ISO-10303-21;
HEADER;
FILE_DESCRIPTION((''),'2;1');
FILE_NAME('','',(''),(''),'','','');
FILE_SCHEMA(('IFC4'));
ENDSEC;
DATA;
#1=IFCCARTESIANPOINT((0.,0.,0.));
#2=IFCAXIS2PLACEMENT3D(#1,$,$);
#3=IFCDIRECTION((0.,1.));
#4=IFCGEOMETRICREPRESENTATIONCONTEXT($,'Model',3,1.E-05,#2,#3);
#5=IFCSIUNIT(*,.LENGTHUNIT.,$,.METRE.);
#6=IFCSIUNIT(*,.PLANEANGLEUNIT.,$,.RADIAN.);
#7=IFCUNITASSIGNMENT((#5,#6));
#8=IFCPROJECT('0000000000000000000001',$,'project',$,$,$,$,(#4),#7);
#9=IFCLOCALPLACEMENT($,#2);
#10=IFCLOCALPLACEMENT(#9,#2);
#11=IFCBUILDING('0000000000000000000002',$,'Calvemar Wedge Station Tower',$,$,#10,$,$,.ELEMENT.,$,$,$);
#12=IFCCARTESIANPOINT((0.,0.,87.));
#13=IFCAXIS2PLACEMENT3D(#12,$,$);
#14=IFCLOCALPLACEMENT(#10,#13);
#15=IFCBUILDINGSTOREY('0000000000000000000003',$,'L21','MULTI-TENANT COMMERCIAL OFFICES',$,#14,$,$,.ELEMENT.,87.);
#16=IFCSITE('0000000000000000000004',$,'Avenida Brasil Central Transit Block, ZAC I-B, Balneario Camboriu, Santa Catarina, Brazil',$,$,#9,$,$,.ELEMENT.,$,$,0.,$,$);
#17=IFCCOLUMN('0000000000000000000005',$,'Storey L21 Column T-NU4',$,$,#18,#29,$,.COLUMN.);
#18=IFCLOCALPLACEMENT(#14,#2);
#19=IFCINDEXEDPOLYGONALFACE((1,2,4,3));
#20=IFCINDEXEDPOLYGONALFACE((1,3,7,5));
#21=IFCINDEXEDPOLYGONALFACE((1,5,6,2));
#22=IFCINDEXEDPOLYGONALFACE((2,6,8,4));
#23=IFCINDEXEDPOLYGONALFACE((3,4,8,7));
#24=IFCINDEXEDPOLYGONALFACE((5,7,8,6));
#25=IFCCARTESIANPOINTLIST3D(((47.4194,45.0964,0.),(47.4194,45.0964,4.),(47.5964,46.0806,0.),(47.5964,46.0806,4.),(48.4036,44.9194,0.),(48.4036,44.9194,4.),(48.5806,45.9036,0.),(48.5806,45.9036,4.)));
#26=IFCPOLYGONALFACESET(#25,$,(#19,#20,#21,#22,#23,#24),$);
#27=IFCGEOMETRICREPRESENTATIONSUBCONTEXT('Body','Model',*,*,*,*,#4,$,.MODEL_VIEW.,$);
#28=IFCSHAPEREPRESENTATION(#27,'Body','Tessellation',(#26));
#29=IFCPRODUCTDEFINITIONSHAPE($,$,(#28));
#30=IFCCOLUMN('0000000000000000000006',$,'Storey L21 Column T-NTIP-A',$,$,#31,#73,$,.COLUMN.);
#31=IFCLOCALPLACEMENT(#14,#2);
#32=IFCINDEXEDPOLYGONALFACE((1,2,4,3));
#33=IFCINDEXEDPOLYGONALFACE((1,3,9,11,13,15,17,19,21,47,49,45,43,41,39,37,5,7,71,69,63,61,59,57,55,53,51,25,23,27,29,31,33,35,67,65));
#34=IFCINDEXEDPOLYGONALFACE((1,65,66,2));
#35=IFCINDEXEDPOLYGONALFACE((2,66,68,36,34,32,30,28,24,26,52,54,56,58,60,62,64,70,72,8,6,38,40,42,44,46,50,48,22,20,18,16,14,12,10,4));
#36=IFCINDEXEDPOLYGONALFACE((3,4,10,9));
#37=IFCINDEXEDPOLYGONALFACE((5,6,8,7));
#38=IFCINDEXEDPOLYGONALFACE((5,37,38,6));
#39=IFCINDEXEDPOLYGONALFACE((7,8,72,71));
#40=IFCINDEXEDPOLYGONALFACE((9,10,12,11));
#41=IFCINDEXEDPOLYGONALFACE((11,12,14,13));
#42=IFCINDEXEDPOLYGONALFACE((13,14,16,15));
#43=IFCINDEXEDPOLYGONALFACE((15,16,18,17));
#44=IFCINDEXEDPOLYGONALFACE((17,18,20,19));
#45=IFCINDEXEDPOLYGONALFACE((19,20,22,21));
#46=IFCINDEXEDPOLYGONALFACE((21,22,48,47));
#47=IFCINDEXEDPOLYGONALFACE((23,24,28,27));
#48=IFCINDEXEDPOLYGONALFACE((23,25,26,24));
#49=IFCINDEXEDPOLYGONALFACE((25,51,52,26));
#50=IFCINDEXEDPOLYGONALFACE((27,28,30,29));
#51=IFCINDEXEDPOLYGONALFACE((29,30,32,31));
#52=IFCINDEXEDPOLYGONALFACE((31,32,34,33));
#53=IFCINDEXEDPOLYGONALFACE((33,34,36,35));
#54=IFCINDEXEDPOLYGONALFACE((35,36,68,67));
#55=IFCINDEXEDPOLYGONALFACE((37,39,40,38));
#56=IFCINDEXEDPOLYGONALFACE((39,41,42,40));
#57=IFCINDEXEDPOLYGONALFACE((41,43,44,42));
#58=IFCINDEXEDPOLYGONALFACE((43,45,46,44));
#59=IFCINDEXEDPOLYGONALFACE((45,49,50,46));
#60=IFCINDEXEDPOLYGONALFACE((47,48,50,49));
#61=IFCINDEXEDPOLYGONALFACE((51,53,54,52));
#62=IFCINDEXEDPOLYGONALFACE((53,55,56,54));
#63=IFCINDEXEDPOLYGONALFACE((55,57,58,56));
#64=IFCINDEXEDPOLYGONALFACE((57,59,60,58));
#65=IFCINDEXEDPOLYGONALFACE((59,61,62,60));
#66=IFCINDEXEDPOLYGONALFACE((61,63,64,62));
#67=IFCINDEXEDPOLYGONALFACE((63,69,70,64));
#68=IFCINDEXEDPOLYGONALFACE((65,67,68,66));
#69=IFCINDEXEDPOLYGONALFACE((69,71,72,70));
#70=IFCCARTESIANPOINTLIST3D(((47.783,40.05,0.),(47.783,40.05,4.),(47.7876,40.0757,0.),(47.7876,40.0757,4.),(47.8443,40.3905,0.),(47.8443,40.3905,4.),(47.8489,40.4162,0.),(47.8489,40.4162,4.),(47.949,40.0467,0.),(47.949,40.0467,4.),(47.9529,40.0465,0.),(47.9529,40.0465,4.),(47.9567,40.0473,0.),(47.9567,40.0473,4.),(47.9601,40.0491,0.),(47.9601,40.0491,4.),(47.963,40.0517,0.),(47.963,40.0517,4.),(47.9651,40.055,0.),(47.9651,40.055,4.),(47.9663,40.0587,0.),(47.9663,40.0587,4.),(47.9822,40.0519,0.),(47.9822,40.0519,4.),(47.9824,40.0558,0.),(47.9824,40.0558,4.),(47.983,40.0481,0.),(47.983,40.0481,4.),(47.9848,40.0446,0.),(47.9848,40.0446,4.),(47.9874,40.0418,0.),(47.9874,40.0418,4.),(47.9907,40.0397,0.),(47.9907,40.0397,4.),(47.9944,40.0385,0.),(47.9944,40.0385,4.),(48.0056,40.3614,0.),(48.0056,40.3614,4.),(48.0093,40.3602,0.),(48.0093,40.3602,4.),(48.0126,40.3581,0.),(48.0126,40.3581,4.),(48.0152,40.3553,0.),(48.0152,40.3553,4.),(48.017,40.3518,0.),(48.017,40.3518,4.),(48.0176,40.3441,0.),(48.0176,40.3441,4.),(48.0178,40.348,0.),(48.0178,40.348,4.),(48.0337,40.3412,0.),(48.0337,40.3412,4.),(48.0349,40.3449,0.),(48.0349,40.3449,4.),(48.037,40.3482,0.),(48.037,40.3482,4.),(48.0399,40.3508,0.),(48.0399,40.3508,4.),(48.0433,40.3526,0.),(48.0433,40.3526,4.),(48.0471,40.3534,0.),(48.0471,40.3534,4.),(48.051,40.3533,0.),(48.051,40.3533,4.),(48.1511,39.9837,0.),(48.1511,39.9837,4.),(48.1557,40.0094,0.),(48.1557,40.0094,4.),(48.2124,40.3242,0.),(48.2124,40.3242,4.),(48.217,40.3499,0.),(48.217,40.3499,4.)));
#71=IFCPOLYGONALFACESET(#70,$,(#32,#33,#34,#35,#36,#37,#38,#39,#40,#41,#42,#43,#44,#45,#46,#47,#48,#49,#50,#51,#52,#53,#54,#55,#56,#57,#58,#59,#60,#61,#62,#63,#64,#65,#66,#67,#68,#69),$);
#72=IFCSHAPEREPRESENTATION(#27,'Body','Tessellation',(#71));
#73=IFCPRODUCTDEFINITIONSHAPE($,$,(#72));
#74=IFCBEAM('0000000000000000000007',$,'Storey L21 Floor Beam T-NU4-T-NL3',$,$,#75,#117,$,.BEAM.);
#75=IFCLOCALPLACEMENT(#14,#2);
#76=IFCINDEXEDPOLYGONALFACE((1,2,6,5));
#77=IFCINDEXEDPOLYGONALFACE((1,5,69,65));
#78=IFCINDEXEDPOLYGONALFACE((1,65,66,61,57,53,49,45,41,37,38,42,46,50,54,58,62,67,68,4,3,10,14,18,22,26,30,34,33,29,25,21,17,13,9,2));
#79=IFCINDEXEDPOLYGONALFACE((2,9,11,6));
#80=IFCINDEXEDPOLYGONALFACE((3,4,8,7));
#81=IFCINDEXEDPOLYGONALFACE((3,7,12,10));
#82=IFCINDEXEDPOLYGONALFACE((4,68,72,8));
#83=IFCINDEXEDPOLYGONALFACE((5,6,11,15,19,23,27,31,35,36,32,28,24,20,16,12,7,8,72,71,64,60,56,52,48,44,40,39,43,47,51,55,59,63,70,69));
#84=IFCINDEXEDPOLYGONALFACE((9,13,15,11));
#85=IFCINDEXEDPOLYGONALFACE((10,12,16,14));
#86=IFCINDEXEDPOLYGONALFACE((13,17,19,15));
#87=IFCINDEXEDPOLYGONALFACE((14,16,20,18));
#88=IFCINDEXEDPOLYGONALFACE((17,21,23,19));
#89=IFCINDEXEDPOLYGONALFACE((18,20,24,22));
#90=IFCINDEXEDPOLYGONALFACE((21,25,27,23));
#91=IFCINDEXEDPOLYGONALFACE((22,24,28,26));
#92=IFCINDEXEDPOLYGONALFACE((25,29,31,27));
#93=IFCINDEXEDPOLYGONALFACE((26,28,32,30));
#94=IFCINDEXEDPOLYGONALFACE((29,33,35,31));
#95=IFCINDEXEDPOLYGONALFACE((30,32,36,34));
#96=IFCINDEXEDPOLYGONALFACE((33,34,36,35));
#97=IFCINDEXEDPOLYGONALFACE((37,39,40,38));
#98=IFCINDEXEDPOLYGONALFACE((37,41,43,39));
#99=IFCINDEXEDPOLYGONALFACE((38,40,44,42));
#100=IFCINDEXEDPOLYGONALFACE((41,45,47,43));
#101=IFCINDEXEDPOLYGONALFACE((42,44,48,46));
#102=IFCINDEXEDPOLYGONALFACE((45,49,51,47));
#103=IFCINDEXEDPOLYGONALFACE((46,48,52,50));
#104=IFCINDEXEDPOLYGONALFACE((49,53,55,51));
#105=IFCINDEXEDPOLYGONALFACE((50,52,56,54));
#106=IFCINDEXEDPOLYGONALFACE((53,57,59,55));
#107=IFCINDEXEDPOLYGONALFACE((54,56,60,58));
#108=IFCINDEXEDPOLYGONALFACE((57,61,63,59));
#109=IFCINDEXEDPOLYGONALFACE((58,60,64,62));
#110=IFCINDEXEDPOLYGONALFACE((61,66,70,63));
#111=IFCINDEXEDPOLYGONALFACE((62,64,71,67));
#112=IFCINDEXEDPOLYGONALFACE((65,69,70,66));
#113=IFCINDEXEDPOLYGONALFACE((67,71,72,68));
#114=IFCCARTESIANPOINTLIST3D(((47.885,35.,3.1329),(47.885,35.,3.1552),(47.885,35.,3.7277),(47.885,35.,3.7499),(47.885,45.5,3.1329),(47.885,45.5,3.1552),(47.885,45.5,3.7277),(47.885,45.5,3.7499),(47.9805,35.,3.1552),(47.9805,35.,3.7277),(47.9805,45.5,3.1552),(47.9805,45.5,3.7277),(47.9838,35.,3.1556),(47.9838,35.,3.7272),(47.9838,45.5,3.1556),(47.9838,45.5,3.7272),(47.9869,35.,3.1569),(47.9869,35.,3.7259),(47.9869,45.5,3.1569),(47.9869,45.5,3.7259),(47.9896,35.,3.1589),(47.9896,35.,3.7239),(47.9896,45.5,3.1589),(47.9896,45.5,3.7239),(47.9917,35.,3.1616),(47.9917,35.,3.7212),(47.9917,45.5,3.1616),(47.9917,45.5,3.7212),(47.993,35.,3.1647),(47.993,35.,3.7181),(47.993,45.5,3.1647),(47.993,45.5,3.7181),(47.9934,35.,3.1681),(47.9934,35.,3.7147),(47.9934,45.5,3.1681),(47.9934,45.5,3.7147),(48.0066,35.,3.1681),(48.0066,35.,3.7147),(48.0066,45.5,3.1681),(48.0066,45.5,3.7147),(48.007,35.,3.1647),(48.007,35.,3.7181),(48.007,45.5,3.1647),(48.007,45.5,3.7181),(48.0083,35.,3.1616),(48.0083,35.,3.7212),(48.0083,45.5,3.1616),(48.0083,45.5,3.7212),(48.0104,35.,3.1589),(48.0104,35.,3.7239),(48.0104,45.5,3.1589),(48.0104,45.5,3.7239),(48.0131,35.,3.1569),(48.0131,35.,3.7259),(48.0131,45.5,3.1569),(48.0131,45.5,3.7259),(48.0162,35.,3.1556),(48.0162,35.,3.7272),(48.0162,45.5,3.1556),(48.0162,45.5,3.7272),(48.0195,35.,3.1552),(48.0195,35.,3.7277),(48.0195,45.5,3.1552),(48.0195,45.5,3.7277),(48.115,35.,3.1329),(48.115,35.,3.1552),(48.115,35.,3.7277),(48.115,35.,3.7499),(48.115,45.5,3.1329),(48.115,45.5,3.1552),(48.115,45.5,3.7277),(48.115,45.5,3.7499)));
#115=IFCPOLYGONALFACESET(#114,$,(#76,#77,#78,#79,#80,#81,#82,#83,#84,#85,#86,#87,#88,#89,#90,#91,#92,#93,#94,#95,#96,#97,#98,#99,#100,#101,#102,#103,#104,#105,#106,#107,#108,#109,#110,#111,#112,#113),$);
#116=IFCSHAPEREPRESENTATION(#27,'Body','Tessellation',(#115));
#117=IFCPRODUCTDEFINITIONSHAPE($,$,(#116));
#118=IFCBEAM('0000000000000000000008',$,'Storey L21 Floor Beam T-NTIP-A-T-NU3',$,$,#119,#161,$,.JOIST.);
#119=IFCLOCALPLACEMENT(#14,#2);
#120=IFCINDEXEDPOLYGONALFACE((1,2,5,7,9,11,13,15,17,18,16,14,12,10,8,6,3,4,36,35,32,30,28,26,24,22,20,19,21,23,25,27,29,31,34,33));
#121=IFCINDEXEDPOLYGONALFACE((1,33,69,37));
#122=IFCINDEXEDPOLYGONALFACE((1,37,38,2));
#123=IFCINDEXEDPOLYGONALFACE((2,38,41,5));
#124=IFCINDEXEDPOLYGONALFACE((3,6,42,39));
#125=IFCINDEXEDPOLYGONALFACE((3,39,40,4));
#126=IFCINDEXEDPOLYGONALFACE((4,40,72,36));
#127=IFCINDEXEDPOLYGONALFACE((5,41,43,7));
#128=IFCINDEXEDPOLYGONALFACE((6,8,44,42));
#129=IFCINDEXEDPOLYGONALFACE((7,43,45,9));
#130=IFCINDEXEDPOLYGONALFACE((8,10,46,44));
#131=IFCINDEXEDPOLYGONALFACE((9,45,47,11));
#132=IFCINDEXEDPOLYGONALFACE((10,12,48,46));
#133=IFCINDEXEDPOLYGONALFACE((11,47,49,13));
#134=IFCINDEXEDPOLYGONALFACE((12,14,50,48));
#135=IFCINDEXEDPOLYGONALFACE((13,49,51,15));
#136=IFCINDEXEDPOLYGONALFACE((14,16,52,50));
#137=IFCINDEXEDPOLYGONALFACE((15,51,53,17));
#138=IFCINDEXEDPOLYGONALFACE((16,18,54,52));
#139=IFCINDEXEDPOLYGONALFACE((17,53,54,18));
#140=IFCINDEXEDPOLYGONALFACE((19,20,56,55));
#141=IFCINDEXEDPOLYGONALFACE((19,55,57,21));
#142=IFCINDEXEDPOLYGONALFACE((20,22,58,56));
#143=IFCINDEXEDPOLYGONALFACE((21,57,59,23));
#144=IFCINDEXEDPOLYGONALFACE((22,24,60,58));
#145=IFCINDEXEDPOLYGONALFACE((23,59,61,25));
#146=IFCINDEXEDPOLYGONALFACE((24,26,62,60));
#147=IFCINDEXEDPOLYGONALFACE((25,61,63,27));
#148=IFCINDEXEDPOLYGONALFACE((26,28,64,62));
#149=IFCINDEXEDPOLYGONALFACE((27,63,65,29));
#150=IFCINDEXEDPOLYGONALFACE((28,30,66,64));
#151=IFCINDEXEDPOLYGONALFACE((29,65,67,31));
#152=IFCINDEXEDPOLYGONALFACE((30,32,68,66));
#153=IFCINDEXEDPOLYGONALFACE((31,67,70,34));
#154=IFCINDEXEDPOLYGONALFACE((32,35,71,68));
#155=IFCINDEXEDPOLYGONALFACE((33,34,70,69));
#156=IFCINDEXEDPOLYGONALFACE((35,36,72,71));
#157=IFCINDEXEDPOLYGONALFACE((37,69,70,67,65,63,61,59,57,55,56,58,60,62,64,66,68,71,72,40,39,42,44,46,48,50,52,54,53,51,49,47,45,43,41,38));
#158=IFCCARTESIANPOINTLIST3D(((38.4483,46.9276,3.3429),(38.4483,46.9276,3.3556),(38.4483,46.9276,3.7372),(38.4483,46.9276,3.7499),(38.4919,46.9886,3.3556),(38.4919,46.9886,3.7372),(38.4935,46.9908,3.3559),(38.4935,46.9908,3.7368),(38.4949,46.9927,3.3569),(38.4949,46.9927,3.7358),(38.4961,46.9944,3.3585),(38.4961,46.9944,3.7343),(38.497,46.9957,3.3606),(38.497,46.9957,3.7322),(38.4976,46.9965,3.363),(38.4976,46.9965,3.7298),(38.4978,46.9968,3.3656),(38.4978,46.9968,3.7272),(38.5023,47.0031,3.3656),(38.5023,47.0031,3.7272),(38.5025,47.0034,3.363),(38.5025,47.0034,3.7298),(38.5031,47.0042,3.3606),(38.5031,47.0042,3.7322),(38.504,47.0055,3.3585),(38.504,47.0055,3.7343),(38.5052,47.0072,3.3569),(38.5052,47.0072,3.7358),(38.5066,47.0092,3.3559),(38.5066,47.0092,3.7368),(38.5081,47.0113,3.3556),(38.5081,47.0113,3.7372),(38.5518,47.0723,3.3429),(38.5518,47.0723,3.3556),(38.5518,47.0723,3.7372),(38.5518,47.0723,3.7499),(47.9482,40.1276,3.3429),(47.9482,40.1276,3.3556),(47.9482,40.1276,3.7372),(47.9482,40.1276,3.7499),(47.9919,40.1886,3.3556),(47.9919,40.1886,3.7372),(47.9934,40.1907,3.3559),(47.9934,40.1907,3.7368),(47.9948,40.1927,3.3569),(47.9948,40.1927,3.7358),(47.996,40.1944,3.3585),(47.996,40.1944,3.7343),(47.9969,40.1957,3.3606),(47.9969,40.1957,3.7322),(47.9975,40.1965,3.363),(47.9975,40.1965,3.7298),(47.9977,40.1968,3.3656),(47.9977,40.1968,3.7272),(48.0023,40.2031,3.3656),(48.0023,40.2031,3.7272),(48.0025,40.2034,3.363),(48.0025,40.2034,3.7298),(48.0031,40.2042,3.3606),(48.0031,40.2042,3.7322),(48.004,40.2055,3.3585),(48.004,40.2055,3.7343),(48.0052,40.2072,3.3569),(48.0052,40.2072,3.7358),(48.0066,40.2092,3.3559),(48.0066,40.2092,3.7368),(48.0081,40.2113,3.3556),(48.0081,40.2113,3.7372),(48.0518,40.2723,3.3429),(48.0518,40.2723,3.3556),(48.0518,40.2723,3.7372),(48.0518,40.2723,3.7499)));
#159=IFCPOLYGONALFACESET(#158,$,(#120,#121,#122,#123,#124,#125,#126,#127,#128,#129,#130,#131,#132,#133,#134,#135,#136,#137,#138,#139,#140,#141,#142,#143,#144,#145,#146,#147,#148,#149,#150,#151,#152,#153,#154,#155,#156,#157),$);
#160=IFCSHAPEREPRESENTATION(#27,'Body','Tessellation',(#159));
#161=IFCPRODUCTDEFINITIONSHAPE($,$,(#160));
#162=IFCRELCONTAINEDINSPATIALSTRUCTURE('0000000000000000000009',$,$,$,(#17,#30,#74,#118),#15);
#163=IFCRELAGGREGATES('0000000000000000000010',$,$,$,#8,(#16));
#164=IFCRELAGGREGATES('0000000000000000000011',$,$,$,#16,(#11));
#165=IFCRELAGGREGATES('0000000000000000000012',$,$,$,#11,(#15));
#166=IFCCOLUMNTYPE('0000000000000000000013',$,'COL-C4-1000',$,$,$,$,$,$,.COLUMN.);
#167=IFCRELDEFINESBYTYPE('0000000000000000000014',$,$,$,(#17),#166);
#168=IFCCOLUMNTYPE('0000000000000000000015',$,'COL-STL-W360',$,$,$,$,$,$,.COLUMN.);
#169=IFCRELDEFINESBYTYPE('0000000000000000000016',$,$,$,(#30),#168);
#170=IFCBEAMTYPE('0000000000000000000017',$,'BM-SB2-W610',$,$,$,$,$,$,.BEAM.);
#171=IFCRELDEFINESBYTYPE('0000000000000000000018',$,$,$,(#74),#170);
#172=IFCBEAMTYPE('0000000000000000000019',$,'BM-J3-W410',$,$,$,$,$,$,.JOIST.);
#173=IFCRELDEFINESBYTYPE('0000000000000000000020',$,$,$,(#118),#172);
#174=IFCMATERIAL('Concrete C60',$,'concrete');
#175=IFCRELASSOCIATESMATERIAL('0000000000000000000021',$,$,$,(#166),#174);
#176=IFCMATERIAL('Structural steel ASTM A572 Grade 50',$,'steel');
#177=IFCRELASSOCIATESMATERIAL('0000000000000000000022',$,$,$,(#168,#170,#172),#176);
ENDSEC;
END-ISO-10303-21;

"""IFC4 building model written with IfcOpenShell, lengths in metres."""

from ifc_helpers import new_model, si_unit, direction, frame, origin, origin_2d, place, context, subcontext, project, spatial, rectangle, i_section, extrude, source, transform, mapped, material, material_profile, profile_set, type_object, element, save


model = new_model("IFC4")

# Units and contexts
model_context = context("Model", 3, precision=1e-05, world=origin(), true_north=direction((0.0, 1.0)))
body_context = subcontext(model_context, "Body", "Model", "MODEL_VIEW")
ifc_project = project(units=[si_unit("LENGTHUNIT", "METRE"), si_unit("PLANEANGLEUNIT", "RADIAN")], contexts=[model_context])

# Site, building, storey
site_placement = place(None, origin())
site = spatial("IfcSite", under=ifc_project, at=site_placement, Name="Avenida Brasil Central Transit Block, ZAC I-B, Balneario Camboriu, Santa Catarina, Brazil", CompositionType="ELEMENT", RefElevation=0.0)
building_placement = place(site_placement, origin())
building = spatial("IfcBuilding", under=site, at=building_placement, Name="Calvemar Wedge Station Tower", CompositionType="ELEMENT")
storey_placement = place(building_placement, frame((0.0, 0.0, 87.0)))
storey = spatial("IfcBuildingStorey", under=building, at=storey_placement, Name="L21", Description="MULTI-TENANT COMMERCIAL OFFICES", CompositionType="ELEMENT", Elevation=87.0)

# Columns
ifc_material_1 = material(Name="Concrete C60", Category="concrete")
ifc_material_profile_1 = material_profile(ifc_material_1, rectangle(XDim=1.0, YDim=1.0, at=origin_2d()), Name="RC1000x1000")
ifc_profile_set_1 = profile_set([ifc_material_profile_1], Name="Concrete C60")
column_type_1 = type_object("IfcColumnType", Name="COL-C4-1000", PredefinedType="COLUMN", material=ifc_profile_set_1)
shared_shape_1 = source(origin(), body_context, "Body", "SweptSolid", [
    extrude(rectangle(XDim=1.0, YDim=1.0, at=origin_2d()), origin(), (0.0, 0.0, 1.0), 4.0),
])
column_1_placement = place(storey_placement, frame((48.0, 45.5, 0.0), z_axis=(0.0, 0.0, 1.0), x_axis=(0.984196, -0.177085, 0.0)))
element("IfcColumn", 1, at=column_1_placement, inside=storey, type_object=column_type_1, Name="Storey L21 Column T-NU4", PredefinedType="COLUMN", context=body_context, shape_type="MappedRepresentation", body=[
    mapped(shared_shape_1, transform((0.0, 0.0, 0.0), scale=1.0)),
])
ifc_material_2 = material(Name="Structural steel ASTM A572 Grade 50", Category="steel")
ifc_material_profile_2 = material_profile(ifc_material_2, i_section(OverallWidth=0.374, OverallDepth=0.3721, WebThickness=0.0164, FlangeThickness=0.0261, FilletRadius=0.0149, at=origin_2d()), Name="W360x196")
ifc_profile_set_2 = profile_set([ifc_material_profile_2], Name="Structural steel ASTM A572 Grade 50")
column_type_2 = type_object("IfcColumnType", Name="COL-STL-W360", PredefinedType="COLUMN", material=ifc_profile_set_2)
shared_shape_2 = source(origin(), body_context, "Body", "SweptSolid", [
    extrude(i_section(OverallWidth=0.374, OverallDepth=0.3721, WebThickness=0.0164, FlangeThickness=0.0261, FilletRadius=0.0149, at=origin_2d()), origin(), (0.0, 0.0, 1.0), 4.0),
])
column_2_placement = place(storey_placement, frame((48.0, 40.2, 0.0), z_axis=(0.0, 0.0, 1.0), x_axis=(0.984196, -0.177085, 0.0)))
element("IfcColumn", 2, at=column_2_placement, inside=storey, type_object=column_type_2, Name="Storey L21 Column T-NTIP-A", PredefinedType="COLUMN", context=body_context, shape_type="MappedRepresentation", body=[
    mapped(shared_shape_2, transform((0.0, 0.0, 0.0), scale=1.0)),
])

# Beams
ifc_material_profile_3 = material_profile(ifc_material_2, i_section(OverallWidth=0.23, OverallDepth=0.6169, WebThickness=0.0132, FlangeThickness=0.0222, FilletRadius=0.0129, at=origin_2d()), Name="W610x140")
ifc_profile_set_3 = profile_set([ifc_material_profile_3], Name="Structural steel ASTM A572 Grade 50")
beam_type_1 = type_object("IfcBeamType", Name="BM-SB2-W610", PredefinedType="BEAM", material=ifc_profile_set_3)
shared_shape_3 = source(origin(), body_context, "Body", "SweptSolid", [
    extrude(i_section(OverallWidth=0.23, OverallDepth=0.6169, WebThickness=0.0132, FlangeThickness=0.0222, FilletRadius=0.0129, at=origin_2d()), origin(), (0.0, 0.0, 1.0), 10.5),
])
beam_1_placement = place(storey_placement, frame((48.0, 45.5, 3.4414), z_axis=(0.0, -1.0, 0.0), x_axis=(1.0, 0.0, 0.0)))
element("IfcBeam", 3, at=beam_1_placement, inside=storey, type_object=beam_type_1, Name="Storey L21 Floor Beam T-NU4-T-NL3", PredefinedType="BEAM", context=body_context, shape_type="MappedRepresentation", body=[
    mapped(shared_shape_3, transform((0.0, 0.0, 0.0), scale=1.0)),
])
ifc_material_profile_4 = material_profile(ifc_material_2, i_section(OverallWidth=0.178, OverallDepth=0.407, WebThickness=0.0078, FlangeThickness=0.0127, FilletRadius=0.01, at=origin_2d()), Name="W410x60")
ifc_profile_set_4 = profile_set([ifc_material_profile_4], Name="Structural steel ASTM A572 Grade 50")
beam_type_2 = type_object("IfcBeamType", Name="BM-J3-W410", PredefinedType="JOIST", material=ifc_profile_set_4)
shared_shape_4 = source(origin(), body_context, "Body", "SweptSolid", [
    extrude(i_section(OverallWidth=0.178, OverallDepth=0.407, WebThickness=0.0078, FlangeThickness=0.0127, FilletRadius=0.01, at=origin_2d()), origin(), (0.0, 0.0, 1.0), 11.6829),
])
beam_2_placement = place(storey_placement, frame((48.0, 40.2, 3.5464), z_axis=(-0.813153, 0.58205, 0.0), x_axis=(-0.58205, -0.813153, 0.0)))
element("IfcBeam", 4, at=beam_2_placement, inside=storey, type_object=beam_type_2, Name="Storey L21 Floor Beam T-NTIP-A-T-NU3", PredefinedType="JOIST", context=body_context, shape_type="MappedRepresentation", body=[
    mapped(shared_shape_4, transform((0.0, 0.0, 0.0), scale=1.0)),
])

save(model, "model.ifc")
